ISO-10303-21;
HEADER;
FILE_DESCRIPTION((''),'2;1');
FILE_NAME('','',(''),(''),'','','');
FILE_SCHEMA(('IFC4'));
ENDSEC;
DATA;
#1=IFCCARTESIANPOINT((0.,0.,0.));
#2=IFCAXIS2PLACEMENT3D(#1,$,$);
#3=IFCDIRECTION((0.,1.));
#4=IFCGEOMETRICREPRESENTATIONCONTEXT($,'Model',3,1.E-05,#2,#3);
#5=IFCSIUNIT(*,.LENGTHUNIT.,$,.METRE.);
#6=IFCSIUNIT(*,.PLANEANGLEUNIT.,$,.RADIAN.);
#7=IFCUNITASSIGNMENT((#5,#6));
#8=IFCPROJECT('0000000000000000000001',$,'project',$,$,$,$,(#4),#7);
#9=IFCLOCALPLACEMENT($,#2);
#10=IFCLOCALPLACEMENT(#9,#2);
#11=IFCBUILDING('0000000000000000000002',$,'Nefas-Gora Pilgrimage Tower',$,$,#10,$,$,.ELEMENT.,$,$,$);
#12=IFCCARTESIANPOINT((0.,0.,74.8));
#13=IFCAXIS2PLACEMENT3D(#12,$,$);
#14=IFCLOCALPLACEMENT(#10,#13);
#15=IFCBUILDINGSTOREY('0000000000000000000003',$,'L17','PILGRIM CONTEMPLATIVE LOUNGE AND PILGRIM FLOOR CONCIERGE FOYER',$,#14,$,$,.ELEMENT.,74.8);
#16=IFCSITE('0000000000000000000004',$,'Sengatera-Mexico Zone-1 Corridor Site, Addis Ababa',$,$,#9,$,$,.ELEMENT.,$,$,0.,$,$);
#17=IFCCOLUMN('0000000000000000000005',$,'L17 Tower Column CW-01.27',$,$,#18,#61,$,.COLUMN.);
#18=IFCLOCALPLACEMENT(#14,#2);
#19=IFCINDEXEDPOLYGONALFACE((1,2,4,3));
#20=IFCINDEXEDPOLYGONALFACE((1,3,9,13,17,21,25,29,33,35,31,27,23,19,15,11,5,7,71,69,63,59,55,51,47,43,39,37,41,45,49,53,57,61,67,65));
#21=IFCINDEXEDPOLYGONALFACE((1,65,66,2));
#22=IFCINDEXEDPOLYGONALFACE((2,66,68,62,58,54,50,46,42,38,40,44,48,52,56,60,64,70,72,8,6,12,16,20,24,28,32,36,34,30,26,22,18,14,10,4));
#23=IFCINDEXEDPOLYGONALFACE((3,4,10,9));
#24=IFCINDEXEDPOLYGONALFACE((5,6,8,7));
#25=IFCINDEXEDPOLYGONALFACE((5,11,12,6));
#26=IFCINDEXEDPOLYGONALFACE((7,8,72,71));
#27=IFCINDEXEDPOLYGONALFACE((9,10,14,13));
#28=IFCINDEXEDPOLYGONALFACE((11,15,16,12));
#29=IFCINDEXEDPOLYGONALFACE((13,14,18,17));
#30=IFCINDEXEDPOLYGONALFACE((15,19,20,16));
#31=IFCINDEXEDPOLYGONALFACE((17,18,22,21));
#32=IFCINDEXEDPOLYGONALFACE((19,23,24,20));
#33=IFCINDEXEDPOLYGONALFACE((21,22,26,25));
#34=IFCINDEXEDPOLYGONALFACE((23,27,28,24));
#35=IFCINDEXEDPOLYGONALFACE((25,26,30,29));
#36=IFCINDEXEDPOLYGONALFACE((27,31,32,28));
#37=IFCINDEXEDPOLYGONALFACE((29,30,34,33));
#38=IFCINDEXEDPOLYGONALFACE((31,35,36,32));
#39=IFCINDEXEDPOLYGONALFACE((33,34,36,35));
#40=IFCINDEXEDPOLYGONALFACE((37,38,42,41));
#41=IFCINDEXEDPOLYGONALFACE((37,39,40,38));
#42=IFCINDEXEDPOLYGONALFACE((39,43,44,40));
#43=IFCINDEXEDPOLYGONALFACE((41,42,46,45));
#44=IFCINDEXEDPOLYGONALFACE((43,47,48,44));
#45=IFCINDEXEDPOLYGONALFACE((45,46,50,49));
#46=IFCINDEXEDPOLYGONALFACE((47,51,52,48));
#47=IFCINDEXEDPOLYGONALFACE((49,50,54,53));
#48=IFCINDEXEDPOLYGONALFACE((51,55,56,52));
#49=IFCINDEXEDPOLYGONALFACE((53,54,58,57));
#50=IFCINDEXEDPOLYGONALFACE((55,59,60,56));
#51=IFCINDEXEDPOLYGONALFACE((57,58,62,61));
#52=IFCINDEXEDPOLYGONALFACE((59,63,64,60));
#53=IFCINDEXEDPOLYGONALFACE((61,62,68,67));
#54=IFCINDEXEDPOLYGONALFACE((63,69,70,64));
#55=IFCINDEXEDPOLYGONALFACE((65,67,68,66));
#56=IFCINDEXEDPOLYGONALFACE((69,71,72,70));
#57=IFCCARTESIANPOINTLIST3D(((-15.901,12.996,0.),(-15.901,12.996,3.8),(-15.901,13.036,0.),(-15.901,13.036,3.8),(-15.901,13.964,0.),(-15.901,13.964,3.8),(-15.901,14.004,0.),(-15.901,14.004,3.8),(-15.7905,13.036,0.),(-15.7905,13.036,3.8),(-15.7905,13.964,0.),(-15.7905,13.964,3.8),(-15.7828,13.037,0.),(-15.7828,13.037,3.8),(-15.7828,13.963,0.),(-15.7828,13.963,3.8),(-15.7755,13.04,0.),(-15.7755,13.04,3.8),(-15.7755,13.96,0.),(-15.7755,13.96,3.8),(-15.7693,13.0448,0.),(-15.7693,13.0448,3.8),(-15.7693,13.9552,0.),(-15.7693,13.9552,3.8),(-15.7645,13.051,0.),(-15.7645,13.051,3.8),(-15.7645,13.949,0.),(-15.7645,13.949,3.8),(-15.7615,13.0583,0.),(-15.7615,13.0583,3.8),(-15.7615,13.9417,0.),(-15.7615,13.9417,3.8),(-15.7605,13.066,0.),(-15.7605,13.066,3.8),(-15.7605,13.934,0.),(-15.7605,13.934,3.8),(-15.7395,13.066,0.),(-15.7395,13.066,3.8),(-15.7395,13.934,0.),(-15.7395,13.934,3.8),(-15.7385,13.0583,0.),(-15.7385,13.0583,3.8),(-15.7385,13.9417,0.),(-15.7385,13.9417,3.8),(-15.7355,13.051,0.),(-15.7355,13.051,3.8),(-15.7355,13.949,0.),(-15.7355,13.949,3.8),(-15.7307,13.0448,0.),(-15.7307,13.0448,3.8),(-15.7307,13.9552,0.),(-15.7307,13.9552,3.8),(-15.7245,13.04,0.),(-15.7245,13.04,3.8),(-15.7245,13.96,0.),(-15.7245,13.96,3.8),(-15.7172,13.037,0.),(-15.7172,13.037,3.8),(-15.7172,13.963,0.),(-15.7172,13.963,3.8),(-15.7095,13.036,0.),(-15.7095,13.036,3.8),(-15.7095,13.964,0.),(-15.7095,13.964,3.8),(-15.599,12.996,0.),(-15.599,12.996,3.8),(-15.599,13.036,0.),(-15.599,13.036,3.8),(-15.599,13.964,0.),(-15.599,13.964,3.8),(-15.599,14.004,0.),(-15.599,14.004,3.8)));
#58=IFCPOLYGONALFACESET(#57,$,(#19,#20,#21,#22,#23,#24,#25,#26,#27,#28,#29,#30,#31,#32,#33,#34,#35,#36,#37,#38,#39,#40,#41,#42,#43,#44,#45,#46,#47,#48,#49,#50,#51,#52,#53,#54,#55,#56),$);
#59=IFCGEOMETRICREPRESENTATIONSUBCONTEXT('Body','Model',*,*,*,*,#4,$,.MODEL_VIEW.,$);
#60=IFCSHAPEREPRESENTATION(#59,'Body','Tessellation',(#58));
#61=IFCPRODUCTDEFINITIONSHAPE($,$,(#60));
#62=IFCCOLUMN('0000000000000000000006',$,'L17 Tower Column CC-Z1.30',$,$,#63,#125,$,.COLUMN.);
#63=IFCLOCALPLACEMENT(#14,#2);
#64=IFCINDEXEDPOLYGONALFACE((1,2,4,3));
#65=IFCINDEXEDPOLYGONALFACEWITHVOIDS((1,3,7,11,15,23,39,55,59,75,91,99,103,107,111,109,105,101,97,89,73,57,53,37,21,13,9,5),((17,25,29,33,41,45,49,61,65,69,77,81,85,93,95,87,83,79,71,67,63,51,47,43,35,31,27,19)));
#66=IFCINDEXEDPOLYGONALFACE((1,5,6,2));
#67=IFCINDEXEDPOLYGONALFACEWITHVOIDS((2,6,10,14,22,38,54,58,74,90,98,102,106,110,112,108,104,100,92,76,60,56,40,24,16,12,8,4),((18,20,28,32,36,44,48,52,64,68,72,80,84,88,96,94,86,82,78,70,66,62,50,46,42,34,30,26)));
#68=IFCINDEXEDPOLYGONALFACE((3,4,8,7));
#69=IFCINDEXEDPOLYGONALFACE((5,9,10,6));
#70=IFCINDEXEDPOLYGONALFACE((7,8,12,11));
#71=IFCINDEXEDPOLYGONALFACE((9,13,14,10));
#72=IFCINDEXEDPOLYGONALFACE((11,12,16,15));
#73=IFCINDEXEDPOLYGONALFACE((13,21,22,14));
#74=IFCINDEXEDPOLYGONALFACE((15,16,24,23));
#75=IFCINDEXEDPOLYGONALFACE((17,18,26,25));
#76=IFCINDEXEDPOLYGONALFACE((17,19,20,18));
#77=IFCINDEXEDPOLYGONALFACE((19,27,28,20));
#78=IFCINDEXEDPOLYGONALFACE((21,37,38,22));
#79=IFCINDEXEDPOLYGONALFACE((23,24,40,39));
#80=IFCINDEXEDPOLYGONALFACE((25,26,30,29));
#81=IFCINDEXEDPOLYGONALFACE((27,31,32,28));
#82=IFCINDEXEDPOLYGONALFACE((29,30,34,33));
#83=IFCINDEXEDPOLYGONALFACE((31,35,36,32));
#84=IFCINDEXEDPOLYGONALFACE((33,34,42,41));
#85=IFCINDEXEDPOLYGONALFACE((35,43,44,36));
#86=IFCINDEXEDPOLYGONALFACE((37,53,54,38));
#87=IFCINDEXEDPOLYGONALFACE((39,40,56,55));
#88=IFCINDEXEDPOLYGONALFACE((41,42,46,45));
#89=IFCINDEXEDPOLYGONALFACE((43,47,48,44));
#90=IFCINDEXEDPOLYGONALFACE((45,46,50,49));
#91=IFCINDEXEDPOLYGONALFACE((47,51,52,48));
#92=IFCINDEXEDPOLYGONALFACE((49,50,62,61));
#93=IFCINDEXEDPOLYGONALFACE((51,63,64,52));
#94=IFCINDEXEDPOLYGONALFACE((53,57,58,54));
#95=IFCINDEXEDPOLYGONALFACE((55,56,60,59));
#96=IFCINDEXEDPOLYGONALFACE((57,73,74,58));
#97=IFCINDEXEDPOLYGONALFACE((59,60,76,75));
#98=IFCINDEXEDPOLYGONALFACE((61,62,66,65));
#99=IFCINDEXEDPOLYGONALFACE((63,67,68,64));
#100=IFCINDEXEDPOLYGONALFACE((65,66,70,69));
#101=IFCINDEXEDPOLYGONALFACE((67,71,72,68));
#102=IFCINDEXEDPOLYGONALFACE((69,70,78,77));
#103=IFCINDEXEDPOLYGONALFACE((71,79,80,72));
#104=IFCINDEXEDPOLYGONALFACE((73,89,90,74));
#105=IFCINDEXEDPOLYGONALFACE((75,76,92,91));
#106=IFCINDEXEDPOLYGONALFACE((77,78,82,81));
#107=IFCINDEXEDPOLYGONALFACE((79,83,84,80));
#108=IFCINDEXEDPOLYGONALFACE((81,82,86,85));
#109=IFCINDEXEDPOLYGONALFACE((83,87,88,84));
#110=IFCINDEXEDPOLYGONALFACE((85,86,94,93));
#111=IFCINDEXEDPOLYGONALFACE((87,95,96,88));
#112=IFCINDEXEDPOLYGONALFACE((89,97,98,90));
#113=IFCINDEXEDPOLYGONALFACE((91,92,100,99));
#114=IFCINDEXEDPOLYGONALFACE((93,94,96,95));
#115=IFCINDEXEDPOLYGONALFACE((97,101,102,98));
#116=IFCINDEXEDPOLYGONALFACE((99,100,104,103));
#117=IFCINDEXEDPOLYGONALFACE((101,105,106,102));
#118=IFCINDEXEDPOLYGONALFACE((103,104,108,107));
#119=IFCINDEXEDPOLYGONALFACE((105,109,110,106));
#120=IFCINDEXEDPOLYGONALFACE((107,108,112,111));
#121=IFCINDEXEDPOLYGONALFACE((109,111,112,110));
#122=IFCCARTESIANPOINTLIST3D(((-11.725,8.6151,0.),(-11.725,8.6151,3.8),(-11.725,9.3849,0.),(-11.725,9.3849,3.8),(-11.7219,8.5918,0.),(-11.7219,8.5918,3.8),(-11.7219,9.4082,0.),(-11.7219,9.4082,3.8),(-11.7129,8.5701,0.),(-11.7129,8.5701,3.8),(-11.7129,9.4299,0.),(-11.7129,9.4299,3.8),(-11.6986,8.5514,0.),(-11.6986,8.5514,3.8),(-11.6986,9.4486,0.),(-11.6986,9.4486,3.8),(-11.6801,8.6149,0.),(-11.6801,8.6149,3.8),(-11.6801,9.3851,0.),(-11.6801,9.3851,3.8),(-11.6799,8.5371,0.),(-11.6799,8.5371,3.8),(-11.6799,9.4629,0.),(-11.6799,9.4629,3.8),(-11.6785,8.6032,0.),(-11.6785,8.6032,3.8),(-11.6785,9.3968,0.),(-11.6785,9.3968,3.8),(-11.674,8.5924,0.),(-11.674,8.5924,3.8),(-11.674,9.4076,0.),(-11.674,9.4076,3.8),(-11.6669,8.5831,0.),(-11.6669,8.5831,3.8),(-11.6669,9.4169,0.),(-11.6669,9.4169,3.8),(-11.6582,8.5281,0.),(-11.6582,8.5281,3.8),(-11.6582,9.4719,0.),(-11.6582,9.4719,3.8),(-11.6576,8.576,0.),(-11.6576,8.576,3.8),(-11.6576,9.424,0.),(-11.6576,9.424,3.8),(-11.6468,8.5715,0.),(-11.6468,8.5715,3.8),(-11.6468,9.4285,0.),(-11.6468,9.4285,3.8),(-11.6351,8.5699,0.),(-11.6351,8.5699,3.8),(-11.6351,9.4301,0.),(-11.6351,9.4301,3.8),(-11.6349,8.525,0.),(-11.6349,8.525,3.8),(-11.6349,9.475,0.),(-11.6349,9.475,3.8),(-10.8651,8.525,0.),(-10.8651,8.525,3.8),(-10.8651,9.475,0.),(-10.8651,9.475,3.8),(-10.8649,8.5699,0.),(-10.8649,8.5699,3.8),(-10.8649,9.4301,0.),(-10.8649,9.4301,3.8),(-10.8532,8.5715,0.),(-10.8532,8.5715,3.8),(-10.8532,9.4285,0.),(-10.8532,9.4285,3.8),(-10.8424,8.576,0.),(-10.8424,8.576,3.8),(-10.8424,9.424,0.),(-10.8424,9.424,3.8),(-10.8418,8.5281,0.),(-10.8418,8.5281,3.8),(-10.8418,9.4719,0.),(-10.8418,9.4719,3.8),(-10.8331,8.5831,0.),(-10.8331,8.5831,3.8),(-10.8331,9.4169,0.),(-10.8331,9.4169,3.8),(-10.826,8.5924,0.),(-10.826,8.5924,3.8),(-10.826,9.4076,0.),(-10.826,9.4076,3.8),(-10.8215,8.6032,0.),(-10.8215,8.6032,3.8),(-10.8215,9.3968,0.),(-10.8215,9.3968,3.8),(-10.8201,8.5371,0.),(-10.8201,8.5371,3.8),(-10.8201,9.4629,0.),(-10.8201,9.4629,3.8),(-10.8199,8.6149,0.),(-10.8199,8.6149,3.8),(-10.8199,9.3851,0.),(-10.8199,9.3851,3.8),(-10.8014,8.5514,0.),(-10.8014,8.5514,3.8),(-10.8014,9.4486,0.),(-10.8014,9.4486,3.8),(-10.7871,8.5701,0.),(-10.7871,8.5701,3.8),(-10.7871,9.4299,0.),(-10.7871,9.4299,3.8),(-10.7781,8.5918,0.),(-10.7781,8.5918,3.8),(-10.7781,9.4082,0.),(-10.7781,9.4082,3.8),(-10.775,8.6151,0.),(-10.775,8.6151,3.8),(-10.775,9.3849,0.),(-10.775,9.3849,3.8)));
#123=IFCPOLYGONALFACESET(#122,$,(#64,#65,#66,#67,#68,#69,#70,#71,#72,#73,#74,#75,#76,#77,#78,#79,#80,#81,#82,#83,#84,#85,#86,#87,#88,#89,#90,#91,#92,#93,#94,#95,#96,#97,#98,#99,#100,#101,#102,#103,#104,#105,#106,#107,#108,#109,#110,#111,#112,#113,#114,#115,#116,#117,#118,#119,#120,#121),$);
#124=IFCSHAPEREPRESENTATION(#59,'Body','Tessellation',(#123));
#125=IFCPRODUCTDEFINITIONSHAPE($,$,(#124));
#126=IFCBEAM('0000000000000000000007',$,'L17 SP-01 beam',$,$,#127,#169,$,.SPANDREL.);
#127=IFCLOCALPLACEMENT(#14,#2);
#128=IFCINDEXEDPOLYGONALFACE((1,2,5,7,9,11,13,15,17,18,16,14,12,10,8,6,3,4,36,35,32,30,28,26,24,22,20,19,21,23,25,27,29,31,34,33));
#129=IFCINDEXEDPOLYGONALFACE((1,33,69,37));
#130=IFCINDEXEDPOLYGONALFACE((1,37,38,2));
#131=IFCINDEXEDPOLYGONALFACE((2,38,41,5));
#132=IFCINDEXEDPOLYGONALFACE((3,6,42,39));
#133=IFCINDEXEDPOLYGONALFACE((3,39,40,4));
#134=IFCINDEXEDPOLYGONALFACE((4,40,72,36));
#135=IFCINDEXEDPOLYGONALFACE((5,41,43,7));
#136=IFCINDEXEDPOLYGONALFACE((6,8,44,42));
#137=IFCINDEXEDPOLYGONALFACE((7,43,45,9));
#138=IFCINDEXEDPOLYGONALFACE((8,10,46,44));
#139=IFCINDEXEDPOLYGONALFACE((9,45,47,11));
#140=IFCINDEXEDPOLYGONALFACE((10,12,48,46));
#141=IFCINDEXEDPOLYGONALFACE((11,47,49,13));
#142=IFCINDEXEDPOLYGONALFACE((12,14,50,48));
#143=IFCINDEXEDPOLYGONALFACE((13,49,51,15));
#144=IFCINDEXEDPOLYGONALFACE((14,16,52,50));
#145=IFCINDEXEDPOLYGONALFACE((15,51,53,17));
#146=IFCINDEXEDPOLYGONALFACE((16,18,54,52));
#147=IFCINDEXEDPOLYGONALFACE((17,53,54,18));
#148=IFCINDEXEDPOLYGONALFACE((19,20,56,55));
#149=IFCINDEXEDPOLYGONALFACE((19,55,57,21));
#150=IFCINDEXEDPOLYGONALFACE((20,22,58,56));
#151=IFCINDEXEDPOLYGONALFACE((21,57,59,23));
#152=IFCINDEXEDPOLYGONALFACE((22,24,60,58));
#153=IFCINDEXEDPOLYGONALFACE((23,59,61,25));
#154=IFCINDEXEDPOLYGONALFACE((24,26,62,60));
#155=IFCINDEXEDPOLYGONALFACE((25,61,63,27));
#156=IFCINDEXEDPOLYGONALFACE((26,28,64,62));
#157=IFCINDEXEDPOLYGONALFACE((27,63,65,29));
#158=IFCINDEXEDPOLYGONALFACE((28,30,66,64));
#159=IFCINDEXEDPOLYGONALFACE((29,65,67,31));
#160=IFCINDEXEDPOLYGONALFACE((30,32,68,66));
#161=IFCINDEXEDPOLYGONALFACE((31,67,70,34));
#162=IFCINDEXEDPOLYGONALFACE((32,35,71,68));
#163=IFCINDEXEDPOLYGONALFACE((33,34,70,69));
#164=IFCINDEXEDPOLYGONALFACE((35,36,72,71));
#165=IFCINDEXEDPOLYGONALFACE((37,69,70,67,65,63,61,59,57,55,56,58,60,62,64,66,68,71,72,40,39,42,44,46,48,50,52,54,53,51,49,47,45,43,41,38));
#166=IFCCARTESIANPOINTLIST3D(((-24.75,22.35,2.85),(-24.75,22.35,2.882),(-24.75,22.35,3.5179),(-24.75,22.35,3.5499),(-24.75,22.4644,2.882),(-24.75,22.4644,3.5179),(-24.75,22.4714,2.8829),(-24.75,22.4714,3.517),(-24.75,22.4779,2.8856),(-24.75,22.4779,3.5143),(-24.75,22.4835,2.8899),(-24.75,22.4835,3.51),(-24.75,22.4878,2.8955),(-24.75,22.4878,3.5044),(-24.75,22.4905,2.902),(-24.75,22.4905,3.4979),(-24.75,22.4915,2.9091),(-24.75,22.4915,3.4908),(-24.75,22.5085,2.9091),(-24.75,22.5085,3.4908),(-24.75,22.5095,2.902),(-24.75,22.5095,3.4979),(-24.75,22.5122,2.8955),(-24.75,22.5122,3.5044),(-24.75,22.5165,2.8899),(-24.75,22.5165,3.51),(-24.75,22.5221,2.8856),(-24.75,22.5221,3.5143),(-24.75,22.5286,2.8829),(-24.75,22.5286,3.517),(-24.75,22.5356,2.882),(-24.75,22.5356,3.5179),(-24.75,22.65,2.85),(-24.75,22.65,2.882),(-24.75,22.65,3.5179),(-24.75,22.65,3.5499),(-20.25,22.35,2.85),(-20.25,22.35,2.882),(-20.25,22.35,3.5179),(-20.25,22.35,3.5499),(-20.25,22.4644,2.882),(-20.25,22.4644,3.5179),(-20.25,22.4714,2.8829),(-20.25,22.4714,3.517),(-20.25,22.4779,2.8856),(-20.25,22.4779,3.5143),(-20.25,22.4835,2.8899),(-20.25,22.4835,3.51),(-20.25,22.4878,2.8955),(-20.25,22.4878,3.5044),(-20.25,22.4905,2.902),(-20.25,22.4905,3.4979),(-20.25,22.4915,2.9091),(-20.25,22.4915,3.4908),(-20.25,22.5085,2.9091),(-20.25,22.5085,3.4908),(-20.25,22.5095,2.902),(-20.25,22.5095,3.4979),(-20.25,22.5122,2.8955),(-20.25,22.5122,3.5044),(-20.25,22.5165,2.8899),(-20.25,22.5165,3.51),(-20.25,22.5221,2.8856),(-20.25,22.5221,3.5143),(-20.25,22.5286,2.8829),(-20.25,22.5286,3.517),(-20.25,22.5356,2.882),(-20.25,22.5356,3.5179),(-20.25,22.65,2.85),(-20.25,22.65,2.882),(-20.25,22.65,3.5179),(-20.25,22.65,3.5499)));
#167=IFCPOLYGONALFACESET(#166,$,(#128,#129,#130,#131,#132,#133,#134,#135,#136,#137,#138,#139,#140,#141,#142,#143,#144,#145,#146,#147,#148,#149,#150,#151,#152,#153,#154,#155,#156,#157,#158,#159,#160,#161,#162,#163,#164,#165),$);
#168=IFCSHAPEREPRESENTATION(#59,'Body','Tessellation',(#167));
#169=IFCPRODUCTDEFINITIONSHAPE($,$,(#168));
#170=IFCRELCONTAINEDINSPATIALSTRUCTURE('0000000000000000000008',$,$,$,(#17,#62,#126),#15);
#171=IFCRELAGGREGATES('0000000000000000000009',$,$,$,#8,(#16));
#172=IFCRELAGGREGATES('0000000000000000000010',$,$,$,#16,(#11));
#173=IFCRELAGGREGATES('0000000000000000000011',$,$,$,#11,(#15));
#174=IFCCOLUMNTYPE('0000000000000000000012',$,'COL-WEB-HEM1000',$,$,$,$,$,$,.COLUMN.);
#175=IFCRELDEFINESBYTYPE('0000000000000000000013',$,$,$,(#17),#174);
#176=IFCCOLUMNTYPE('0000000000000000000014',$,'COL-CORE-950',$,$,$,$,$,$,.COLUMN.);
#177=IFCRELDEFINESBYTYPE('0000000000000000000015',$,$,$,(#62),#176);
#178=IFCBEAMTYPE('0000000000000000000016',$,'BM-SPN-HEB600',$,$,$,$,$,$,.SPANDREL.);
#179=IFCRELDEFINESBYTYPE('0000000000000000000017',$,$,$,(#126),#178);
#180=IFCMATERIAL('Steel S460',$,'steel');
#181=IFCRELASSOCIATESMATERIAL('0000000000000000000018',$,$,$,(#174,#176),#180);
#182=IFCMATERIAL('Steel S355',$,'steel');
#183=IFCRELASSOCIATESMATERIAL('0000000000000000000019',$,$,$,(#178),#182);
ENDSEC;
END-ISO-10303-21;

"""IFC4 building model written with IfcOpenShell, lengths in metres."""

from ifc_helpers import new_model, si_unit, direction, frame, origin, origin_2d, place, context, subcontext, project, spatial, hollow_rectangle, i_section, extrude, source, transform, mapped, material, material_profile, profile_set, type_object, element, save


model = new_model("IFC4")

# Units and contexts
model_context = context("Model", 3, precision=1e-05, world=origin(), true_north=direction((0.0, 1.0)))
body_context = subcontext(model_context, "Body", "Model", "MODEL_VIEW")
ifc_project = project(units=[si_unit("LENGTHUNIT", "METRE"), si_unit("PLANEANGLEUNIT", "RADIAN")], contexts=[model_context])

# Site, building, storey
site_placement = place(None, origin())
site = spatial("IfcSite", under=ifc_project, at=site_placement, Name="Sengatera-Mexico Zone-1 Corridor Site, Addis Ababa", CompositionType="ELEMENT", RefElevation=0.0)
building_placement = place(site_placement, origin())
building = spatial("IfcBuilding", under=site, at=building_placement, Name="Nefas-Gora Pilgrimage Tower", CompositionType="ELEMENT")
storey_placement = place(building_placement, frame((0.0, 0.0, 74.8)))
storey = spatial("IfcBuildingStorey", under=building, at=storey_placement, Name="L17", Description="PILGRIM CONTEMPLATIVE LOUNGE AND PILGRIM FLOOR CONCIERGE FOYER", CompositionType="ELEMENT", Elevation=74.8)

# Columns
ifc_material_1 = material(Name="Steel S460", Category="steel")
ifc_material_profile_1 = material_profile(ifc_material_1, i_section(OverallWidth=0.302, OverallDepth=1.0081, WebThickness=0.021, FlangeThickness=0.04, FilletRadius=0.03, at=origin_2d()), Name="HEM 1000")
ifc_profile_set_1 = profile_set([ifc_material_profile_1], Name="Steel S460")
column_type_1 = type_object("IfcColumnType", Name="COL-WEB-HEM1000", PredefinedType="COLUMN", material=ifc_profile_set_1)
shared_shape_1 = source(origin(), body_context, "Body", "SweptSolid", [
    extrude(i_section(OverallWidth=0.302, OverallDepth=1.0081, WebThickness=0.021, FlangeThickness=0.04, FilletRadius=0.03, at=origin_2d()), origin(), (0.0, 0.0, 1.0), 3.8),
])
for number, where, z_axis, x_axis, name in (
    (1, (-15.75, 13.5, 0.0), (0.0, 0.0, 1.0), (1.0, 0.0, 0.0), "L17 Tower Column CW-01.27"),
):
    element("IfcColumn", number, at=place(storey_placement, frame(where, z_axis=z_axis, x_axis=x_axis)), inside=storey, type_object=column_type_1, Name=name, PredefinedType="COLUMN", context=body_context, shape_type="MappedRepresentation", body=[
        mapped(shared_shape_1, transform((0.0, 0.0, 0.0), x_axis=(1.0, 0.0, 0.0), y_axis=(0.0, 1.0, 0.0), z_axis=(0.0, 0.0, 1.0), scale=1.0)),
    ])
ifc_material_profile_2 = material_profile(ifc_material_1, hollow_rectangle(XDim=0.95, YDim=0.95, WallThickness=0.0449, InnerFilletRadius=0.0449, OuterFilletRadius=0.0901, at=origin_2d()), Name="BOX 950x950x45")
ifc_profile_set_2 = profile_set([ifc_material_profile_2], Name="Steel S460")
column_type_2 = type_object("IfcColumnType", Name="COL-CORE-950", PredefinedType="COLUMN", material=ifc_profile_set_2)
shared_shape_2 = source(origin(), body_context, "Body", "SweptSolid", [
    extrude(hollow_rectangle(XDim=0.95, YDim=0.95, WallThickness=0.0449, InnerFilletRadius=0.0449, OuterFilletRadius=0.0901, at=origin_2d()), origin(), (0.0, 0.0, 1.0), 3.8),
])
column_placement = place(storey_placement, frame((-11.25, 9.0, 0.0), z_axis=(0.0, 0.0, 1.0), x_axis=(1.0, 0.0, 0.0)))
element("IfcColumn", 2, at=column_placement, inside=storey, type_object=column_type_2, Name="L17 Tower Column CC-Z1.30", PredefinedType="COLUMN", context=body_context, shape_type="MappedRepresentation", body=[
    mapped(shared_shape_2, transform((0.0, 0.0, 0.0), x_axis=(1.0, 0.0, 0.0), y_axis=(0.0, 1.0, 0.0), z_axis=(0.0, 0.0, 1.0), scale=1.0)),
])

# Beam
ifc_material_2 = material(Name="Steel S355", Category="steel")
ifc_material_profile_3 = material_profile(ifc_material_2, i_section(OverallWidth=0.3, OverallDepth=0.7, WebThickness=0.0171, FlangeThickness=0.032, FilletRadius=0.0271, at=origin_2d()), Name="HEB 700")
ifc_profile_set_3 = profile_set([ifc_material_profile_3], Name="Steel S355")
beam_type_1 = type_object("IfcBeamType", Name="BM-SPN-HEB600", PredefinedType="SPANDREL", material=ifc_profile_set_3)
shared_shape_3 = source(origin(), body_context, "Body", "SweptSolid", [
    extrude(i_section(OverallWidth=0.3, OverallDepth=0.7, WebThickness=0.0171, FlangeThickness=0.032, FilletRadius=0.0271, at=origin_2d()), origin(), (0.0, 0.0, 1.0), 4.5),
])
beam_placement = place(storey_placement, frame((-24.75, 22.5, 3.2), z_axis=(1.0, 0.0, 0.0), x_axis=(0.0, 1.0, 0.0)))
element("IfcBeam", 3, at=beam_placement, inside=storey, type_object=beam_type_1, Name="L17 SP-01 beam", PredefinedType="SPANDREL", context=body_context, shape_type="MappedRepresentation", body=[
    mapped(shared_shape_3, transform((0.0, 0.0, 0.0), x_axis=(1.0, 0.0, 0.0), y_axis=(0.0, 1.0, 0.0), z_axis=(0.0, 0.0, 1.0), scale=1.0)),
])

save(model, "model.ifc")
